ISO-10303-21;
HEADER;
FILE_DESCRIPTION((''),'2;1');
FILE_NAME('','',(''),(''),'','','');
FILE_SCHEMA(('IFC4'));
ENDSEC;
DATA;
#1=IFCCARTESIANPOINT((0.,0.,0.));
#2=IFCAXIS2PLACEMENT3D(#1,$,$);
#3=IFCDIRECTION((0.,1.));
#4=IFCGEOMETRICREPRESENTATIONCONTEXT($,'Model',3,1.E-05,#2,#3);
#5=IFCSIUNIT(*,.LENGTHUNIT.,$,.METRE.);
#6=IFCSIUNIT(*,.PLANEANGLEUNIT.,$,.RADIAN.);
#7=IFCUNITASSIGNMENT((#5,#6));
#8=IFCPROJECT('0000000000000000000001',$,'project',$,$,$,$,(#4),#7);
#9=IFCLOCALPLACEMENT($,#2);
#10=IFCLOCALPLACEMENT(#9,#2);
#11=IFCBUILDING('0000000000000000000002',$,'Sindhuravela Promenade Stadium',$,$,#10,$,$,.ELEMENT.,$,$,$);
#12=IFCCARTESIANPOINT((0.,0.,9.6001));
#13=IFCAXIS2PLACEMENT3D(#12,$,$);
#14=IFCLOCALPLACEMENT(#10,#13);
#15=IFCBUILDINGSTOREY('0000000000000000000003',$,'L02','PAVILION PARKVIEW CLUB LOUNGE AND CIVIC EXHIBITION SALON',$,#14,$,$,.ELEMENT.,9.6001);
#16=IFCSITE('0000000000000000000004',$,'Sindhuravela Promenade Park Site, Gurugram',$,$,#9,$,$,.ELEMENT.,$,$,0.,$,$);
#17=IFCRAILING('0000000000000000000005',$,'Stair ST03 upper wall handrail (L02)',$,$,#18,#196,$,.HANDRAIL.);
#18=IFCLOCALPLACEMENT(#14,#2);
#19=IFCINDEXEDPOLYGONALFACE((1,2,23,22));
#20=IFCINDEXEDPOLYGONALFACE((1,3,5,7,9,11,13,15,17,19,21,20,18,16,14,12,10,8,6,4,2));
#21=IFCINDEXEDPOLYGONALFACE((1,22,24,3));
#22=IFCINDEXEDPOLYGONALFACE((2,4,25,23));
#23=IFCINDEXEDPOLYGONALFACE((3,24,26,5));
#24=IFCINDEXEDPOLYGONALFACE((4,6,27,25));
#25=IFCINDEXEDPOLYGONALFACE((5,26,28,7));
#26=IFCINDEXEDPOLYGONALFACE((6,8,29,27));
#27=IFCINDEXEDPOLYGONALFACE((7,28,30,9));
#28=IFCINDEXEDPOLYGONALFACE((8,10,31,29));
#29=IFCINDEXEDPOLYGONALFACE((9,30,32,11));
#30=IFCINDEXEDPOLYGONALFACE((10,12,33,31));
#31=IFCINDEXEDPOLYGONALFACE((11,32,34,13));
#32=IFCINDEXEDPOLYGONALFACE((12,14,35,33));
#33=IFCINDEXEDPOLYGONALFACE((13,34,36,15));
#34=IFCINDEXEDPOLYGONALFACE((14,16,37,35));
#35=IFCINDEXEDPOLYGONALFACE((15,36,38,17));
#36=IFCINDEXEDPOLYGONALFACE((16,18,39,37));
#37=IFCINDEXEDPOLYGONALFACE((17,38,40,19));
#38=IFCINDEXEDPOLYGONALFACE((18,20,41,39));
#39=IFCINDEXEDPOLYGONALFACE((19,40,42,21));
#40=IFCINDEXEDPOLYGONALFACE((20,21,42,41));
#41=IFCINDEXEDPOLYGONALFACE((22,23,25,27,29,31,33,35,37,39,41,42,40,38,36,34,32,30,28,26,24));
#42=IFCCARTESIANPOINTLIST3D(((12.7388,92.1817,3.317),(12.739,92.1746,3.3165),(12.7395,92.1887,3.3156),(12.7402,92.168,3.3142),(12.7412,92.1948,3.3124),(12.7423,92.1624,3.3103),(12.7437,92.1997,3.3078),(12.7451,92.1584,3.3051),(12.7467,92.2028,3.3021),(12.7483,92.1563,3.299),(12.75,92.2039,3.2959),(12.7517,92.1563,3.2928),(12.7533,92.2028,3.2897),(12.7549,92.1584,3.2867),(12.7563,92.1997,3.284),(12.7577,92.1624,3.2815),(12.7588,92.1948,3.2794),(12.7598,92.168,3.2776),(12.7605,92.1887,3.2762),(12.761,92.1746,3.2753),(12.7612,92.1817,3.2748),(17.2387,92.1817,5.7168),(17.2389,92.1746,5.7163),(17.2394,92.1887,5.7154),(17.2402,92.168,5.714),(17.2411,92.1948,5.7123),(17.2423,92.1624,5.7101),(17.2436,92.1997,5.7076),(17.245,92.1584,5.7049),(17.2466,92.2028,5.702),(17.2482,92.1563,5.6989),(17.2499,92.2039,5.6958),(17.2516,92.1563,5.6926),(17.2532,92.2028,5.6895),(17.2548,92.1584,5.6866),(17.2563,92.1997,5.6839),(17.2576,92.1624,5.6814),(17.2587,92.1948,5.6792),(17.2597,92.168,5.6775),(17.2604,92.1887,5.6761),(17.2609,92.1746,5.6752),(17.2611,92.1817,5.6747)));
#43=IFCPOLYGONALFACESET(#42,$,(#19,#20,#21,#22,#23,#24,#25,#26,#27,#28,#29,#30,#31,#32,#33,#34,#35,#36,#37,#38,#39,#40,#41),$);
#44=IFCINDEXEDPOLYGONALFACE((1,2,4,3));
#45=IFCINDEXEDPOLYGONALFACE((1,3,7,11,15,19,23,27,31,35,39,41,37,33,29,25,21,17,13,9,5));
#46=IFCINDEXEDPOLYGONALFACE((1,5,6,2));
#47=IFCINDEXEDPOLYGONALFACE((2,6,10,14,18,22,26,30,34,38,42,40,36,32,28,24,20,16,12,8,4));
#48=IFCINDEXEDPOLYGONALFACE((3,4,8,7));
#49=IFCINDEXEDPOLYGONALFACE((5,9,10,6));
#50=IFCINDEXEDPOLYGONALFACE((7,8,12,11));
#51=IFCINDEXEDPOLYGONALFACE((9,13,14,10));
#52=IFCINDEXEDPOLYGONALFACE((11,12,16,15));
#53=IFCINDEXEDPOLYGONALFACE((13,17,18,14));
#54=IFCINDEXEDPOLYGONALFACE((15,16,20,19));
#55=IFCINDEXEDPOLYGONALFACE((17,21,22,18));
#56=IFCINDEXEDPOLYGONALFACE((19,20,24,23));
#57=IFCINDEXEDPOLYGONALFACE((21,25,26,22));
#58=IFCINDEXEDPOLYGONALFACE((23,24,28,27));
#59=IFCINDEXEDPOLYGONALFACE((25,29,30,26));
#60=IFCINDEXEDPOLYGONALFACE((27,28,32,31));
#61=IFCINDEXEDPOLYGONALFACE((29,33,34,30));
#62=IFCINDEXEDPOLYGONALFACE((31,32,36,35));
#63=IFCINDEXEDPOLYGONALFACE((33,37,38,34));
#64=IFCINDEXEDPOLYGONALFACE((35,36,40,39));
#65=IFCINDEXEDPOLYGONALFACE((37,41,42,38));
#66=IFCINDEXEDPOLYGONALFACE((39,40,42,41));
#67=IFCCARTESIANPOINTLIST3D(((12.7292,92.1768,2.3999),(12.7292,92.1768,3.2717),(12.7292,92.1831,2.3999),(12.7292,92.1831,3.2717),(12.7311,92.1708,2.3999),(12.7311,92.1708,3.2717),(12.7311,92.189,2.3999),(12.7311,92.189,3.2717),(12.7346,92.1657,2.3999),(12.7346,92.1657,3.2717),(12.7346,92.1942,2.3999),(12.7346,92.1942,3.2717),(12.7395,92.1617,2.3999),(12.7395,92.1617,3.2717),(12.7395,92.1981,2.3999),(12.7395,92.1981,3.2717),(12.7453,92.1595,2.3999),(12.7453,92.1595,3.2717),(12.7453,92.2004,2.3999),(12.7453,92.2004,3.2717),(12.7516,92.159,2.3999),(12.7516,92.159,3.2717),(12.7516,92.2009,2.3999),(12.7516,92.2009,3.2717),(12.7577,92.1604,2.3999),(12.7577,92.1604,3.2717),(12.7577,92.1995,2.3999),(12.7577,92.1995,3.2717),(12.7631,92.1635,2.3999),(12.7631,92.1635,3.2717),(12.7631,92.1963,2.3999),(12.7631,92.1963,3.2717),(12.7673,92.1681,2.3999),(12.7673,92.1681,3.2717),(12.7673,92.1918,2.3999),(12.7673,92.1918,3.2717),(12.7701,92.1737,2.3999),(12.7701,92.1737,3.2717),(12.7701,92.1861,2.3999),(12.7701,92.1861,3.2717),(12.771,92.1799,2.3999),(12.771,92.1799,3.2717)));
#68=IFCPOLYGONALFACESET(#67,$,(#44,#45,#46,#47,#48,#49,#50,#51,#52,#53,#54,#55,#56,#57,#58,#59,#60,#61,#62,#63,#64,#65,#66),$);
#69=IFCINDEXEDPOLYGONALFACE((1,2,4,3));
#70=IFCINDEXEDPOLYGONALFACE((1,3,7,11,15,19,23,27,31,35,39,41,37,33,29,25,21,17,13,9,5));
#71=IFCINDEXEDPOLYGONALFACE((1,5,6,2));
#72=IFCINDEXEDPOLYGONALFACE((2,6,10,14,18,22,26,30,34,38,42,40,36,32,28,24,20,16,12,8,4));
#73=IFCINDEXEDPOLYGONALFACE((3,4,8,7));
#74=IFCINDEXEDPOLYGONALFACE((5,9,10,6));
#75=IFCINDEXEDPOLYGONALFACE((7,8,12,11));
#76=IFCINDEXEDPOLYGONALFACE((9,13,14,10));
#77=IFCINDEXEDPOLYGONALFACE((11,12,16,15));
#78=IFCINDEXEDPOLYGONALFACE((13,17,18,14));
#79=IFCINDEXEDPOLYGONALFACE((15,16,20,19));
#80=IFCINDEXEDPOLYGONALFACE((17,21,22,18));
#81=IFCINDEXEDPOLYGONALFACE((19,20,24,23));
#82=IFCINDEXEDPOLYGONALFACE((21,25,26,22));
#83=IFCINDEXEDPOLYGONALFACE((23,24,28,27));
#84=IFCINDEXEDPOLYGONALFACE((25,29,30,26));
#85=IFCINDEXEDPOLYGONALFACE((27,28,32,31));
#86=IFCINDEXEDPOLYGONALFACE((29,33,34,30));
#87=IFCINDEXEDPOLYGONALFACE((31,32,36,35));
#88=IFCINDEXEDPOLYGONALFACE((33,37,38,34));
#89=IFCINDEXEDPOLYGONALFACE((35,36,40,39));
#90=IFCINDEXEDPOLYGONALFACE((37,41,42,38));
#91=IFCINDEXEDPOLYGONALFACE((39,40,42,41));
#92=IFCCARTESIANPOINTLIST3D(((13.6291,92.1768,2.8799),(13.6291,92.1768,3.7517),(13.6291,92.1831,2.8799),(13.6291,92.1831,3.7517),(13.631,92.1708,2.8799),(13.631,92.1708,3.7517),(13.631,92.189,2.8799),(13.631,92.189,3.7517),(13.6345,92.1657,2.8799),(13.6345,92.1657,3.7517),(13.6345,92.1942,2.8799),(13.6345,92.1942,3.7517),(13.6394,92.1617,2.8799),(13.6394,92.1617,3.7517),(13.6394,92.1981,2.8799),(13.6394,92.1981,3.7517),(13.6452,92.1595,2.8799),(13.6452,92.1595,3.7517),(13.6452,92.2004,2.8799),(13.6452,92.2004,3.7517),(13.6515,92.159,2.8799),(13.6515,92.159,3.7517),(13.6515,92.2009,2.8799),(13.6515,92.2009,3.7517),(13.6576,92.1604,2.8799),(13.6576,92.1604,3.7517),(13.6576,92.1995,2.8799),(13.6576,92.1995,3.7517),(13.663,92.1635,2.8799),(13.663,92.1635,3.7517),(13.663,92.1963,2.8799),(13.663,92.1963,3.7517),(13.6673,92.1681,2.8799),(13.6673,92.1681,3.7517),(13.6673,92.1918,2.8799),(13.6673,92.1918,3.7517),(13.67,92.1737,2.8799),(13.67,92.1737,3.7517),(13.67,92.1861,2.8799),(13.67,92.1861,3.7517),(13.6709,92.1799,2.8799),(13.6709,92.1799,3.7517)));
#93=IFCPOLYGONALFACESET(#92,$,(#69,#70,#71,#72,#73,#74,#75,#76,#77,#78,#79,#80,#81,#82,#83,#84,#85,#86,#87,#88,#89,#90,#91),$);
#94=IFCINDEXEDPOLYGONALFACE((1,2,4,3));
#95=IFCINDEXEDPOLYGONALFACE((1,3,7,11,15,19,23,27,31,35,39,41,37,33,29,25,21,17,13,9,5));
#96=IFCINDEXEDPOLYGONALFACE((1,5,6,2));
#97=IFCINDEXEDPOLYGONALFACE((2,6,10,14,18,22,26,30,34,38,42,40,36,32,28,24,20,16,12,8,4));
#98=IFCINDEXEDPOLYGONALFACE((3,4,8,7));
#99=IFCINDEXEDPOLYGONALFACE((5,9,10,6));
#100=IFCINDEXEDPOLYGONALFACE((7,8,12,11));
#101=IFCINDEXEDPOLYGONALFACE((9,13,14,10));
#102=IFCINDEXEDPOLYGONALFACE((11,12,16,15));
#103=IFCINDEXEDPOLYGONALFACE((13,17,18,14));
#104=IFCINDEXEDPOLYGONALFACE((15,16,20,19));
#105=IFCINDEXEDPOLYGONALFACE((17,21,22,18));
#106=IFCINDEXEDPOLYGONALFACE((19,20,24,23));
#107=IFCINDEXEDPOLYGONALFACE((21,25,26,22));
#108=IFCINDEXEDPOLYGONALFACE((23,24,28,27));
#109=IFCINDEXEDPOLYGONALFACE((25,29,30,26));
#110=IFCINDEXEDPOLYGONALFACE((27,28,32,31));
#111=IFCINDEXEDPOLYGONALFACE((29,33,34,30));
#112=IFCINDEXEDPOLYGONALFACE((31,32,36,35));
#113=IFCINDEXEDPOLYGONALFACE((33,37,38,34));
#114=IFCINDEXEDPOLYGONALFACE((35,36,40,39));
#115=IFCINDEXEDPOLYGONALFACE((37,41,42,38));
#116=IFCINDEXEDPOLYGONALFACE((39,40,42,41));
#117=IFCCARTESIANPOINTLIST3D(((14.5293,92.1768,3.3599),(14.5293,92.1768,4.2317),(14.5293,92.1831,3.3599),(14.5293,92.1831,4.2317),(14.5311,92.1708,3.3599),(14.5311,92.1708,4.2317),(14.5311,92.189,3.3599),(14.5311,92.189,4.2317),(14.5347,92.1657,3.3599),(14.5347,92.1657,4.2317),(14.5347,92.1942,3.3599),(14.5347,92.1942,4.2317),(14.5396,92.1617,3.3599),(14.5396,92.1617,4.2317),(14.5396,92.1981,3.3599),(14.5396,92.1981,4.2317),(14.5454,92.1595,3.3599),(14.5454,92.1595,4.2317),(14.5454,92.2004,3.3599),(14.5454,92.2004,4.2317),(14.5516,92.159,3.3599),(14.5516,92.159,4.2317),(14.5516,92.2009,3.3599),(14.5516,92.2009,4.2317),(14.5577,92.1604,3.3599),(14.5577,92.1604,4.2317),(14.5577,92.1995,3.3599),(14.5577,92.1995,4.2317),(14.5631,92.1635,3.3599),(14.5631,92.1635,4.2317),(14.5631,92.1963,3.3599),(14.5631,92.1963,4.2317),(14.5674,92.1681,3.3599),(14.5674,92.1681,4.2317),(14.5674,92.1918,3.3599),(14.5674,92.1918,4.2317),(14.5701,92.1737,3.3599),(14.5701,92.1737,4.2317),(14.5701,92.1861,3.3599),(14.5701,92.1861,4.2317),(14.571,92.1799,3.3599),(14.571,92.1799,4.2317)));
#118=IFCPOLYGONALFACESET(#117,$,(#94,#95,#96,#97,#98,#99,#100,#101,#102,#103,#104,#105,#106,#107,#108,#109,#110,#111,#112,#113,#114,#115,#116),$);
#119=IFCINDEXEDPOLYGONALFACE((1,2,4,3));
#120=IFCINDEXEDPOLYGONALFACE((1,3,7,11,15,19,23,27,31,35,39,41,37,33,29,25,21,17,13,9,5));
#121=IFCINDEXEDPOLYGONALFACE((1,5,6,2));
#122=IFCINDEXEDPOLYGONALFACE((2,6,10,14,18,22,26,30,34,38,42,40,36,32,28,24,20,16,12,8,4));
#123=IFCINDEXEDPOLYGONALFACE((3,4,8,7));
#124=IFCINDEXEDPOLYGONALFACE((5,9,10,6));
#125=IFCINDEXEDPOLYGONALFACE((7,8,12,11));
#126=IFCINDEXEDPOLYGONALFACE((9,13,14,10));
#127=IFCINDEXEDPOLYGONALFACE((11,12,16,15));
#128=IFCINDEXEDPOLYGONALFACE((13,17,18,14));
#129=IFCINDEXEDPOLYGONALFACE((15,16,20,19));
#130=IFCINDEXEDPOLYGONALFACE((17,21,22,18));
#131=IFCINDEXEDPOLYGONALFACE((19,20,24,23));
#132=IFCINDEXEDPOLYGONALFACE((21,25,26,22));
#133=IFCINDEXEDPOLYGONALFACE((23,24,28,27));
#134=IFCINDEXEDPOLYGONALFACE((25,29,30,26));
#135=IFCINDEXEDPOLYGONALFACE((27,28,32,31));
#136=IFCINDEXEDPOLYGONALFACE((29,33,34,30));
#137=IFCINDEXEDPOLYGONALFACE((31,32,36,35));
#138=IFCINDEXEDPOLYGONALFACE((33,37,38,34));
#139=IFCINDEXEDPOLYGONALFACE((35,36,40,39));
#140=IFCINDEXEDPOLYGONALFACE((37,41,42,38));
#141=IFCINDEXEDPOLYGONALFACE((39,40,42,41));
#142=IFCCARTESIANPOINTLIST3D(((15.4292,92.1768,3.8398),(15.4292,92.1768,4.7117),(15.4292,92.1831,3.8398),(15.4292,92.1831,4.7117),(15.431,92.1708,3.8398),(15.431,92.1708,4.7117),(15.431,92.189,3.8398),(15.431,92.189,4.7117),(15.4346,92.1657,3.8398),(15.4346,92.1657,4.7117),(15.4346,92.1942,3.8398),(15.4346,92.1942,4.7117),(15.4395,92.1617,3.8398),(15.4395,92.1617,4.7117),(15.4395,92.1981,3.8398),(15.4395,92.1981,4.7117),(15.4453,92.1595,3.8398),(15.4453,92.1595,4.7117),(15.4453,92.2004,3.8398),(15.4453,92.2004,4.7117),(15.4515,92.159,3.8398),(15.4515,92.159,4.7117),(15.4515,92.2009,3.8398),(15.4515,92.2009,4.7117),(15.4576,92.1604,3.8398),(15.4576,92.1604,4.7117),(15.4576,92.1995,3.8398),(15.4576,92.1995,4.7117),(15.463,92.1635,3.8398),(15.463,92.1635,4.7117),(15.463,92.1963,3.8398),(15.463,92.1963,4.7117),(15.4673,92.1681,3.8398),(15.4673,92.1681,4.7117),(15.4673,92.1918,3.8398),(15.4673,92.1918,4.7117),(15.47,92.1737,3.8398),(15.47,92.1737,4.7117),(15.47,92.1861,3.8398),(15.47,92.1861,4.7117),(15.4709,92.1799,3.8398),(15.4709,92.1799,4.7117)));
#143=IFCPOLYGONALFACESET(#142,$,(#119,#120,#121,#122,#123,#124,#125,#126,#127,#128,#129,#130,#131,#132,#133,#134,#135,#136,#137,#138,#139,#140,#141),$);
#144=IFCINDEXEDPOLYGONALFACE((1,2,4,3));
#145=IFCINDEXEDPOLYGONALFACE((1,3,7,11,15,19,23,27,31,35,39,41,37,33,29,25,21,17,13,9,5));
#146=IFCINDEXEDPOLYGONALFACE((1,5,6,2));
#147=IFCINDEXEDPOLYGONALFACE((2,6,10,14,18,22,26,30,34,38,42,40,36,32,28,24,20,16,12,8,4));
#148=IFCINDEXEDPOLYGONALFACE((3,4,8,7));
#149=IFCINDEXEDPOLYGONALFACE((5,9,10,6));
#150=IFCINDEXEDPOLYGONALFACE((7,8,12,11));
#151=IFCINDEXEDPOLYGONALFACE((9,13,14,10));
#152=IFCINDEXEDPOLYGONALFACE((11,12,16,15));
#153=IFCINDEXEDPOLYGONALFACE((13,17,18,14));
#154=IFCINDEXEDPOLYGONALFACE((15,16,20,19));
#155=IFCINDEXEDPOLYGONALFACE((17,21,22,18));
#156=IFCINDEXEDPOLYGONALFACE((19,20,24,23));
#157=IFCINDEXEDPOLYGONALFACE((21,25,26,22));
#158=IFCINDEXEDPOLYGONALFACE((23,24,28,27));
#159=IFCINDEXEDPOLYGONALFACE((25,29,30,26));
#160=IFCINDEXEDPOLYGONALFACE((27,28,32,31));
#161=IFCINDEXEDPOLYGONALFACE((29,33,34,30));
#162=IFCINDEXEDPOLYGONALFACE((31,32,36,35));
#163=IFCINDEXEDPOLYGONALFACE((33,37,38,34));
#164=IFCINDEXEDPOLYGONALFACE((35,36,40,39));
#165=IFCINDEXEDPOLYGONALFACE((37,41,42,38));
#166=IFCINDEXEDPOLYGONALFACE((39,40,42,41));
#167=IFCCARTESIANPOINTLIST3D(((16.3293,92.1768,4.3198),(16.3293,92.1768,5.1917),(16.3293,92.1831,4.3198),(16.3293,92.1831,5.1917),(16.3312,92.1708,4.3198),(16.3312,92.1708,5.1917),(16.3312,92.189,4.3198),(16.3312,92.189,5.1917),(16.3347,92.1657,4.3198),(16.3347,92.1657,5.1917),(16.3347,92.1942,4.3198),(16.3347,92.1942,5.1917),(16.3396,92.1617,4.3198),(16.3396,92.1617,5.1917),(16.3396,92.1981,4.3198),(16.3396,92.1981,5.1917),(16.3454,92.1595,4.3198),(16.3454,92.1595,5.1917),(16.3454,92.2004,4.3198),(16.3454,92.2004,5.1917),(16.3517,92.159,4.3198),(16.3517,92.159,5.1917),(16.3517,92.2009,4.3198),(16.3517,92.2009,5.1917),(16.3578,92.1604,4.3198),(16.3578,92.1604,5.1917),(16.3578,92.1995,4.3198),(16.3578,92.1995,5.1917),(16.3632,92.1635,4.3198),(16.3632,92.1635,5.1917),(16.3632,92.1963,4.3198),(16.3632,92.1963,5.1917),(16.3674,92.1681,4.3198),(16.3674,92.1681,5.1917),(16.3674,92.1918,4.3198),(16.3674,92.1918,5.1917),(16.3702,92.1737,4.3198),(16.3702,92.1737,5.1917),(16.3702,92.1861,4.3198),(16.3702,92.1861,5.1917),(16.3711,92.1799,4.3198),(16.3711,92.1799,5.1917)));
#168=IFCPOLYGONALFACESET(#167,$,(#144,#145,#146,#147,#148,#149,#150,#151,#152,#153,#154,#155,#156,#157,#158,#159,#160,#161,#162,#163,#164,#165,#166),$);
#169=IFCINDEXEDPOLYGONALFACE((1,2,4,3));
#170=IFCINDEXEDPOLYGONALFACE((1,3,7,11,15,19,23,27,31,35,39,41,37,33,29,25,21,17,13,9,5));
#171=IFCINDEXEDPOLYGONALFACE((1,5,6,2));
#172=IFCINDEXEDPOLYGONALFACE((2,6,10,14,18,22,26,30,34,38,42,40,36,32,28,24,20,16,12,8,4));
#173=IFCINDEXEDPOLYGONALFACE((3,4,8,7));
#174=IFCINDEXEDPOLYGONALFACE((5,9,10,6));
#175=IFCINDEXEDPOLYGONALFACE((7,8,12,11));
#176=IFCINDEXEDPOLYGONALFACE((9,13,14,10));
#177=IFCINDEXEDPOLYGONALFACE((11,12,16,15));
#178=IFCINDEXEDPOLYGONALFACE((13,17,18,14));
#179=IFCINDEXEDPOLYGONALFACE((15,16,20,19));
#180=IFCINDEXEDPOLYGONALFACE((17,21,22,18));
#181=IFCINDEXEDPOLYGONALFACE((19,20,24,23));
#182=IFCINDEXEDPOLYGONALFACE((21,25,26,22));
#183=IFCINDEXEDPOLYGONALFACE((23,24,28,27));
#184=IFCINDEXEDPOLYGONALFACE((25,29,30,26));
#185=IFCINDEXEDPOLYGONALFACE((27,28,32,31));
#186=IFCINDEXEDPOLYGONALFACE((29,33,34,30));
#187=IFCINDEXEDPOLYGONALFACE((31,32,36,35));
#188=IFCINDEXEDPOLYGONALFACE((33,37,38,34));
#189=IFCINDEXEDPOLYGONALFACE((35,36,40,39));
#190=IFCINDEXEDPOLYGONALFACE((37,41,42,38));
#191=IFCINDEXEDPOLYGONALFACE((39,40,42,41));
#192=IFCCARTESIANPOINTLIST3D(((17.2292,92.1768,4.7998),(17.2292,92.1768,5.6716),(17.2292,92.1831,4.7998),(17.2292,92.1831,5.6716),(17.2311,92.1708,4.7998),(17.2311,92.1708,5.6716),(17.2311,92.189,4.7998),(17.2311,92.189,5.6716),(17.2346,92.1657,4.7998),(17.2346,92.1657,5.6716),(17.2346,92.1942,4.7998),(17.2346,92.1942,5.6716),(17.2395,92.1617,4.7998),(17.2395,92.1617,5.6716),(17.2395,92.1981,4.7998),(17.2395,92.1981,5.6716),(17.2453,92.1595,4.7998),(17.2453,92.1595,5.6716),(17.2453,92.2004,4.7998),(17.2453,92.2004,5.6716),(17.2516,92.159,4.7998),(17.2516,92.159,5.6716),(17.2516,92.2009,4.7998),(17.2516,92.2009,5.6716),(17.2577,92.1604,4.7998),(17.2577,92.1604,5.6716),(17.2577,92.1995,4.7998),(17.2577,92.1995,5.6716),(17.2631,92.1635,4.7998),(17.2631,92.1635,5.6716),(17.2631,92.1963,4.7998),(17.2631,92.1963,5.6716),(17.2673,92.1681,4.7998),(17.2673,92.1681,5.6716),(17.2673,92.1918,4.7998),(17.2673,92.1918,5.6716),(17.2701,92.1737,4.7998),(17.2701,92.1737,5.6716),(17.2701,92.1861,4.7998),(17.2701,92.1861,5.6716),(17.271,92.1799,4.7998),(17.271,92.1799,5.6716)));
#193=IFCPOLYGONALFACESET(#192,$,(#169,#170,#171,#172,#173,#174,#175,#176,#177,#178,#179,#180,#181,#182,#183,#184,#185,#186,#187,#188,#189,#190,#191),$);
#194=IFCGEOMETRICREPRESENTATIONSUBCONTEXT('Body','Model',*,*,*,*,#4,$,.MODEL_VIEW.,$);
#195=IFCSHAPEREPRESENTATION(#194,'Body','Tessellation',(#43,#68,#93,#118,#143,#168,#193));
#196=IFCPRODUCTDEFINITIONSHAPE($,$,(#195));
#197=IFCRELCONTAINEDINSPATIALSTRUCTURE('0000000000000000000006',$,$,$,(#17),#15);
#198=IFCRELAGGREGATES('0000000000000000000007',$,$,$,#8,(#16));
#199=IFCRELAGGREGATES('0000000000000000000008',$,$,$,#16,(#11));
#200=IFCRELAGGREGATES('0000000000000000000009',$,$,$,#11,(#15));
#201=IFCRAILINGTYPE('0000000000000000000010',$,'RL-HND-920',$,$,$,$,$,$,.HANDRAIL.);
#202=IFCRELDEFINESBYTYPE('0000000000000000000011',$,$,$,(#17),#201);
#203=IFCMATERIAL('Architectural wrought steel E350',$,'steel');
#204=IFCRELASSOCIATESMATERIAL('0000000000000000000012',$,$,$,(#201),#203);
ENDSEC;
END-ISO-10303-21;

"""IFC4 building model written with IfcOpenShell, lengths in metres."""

from ifc_helpers import new_model, si_unit, direction, frame, origin, origin_2d, place, context, subcontext, project, spatial, circle, extrude, material, type_object, element, save


model = new_model("IFC4")

# Units and contexts
model_context = context("Model", 3, precision=1e-05, world=origin(), true_north=direction((0.0, 1.0)))
body_context = subcontext(model_context, "Body", "Model", "MODEL_VIEW")
ifc_project = project(units=[si_unit("LENGTHUNIT", "METRE"), si_unit("PLANEANGLEUNIT", "RADIAN")], contexts=[model_context])

# Site, building, storey
site_placement = place(None, origin())
site = spatial("IfcSite", under=ifc_project, at=site_placement, Name="Sindhuravela Promenade Park Site, Gurugram", CompositionType="ELEMENT", RefElevation=0.0)
building_placement = place(site_placement, origin())
building = spatial("IfcBuilding", under=site, at=building_placement, Name="Sindhuravela Promenade Stadium", CompositionType="ELEMENT")
storey_placement = place(building_placement, frame((0.0, 0.0, 9.6001)))
storey = spatial("IfcBuildingStorey", under=building, at=storey_placement, Name="L02", Description="PAVILION PARKVIEW CLUB LOUNGE AND CIVIC EXHIBITION SALON", CompositionType="ELEMENT", Elevation=9.6001)

# Shared definitions
ifc_material_1 = material(Name="Architectural wrought steel E350", Category="steel")

# Railing
railing_type_1 = type_object("IfcRailingType", Name="RL-HND-920", PredefinedType="HANDRAIL", material=ifc_material_1)
railing_1_placement = place(storey_placement, frame((12.75, 92.1799, 2.3999)))
element("IfcRailing", 1, at=railing_1_placement, inside=storey, type_object=railing_type_1, Name="Stair ST03 upper wall handrail (L02)", PredefinedType="HANDRAIL", context=body_context, shape_type="SweptSolid", body=[
    extrude(circle(Radius=0.0239, at=origin_2d()), frame((0.0, 0.0, 0.896), z_axis=(0.882361, 0.0, 0.470573), x_axis=(0.0, 1.0, 0.0)), (0.0, 0.0, 1.0), 5.0999),
    extrude(circle(Radius=0.021, at=origin_2d()), origin(), (0.0, 0.0, 1.0), 0.8718),
    extrude(circle(Radius=0.021, at=origin_2d()), frame((0.8999, 0.0, 0.48)), (0.0, 0.0, 1.0), 0.8718),
    extrude(circle(Radius=0.021, at=origin_2d()), frame((1.8, 0.0, 0.96)), (0.0, 0.0, 1.0), 0.8718),
    extrude(circle(Radius=0.021, at=origin_2d()), frame((2.7, 0.0, 1.4399)), (0.0, 0.0, 1.0), 0.8718),
    extrude(circle(Radius=0.021, at=origin_2d()), frame((3.6001, 0.0, 1.9199)), (0.0, 0.0, 1.0), 0.8718),
    extrude(circle(Radius=0.021, at=origin_2d()), frame((4.5, 0.0, 2.3999)), (0.0, 0.0, 1.0), 0.8718),
])

save(model, "model.ifc")
